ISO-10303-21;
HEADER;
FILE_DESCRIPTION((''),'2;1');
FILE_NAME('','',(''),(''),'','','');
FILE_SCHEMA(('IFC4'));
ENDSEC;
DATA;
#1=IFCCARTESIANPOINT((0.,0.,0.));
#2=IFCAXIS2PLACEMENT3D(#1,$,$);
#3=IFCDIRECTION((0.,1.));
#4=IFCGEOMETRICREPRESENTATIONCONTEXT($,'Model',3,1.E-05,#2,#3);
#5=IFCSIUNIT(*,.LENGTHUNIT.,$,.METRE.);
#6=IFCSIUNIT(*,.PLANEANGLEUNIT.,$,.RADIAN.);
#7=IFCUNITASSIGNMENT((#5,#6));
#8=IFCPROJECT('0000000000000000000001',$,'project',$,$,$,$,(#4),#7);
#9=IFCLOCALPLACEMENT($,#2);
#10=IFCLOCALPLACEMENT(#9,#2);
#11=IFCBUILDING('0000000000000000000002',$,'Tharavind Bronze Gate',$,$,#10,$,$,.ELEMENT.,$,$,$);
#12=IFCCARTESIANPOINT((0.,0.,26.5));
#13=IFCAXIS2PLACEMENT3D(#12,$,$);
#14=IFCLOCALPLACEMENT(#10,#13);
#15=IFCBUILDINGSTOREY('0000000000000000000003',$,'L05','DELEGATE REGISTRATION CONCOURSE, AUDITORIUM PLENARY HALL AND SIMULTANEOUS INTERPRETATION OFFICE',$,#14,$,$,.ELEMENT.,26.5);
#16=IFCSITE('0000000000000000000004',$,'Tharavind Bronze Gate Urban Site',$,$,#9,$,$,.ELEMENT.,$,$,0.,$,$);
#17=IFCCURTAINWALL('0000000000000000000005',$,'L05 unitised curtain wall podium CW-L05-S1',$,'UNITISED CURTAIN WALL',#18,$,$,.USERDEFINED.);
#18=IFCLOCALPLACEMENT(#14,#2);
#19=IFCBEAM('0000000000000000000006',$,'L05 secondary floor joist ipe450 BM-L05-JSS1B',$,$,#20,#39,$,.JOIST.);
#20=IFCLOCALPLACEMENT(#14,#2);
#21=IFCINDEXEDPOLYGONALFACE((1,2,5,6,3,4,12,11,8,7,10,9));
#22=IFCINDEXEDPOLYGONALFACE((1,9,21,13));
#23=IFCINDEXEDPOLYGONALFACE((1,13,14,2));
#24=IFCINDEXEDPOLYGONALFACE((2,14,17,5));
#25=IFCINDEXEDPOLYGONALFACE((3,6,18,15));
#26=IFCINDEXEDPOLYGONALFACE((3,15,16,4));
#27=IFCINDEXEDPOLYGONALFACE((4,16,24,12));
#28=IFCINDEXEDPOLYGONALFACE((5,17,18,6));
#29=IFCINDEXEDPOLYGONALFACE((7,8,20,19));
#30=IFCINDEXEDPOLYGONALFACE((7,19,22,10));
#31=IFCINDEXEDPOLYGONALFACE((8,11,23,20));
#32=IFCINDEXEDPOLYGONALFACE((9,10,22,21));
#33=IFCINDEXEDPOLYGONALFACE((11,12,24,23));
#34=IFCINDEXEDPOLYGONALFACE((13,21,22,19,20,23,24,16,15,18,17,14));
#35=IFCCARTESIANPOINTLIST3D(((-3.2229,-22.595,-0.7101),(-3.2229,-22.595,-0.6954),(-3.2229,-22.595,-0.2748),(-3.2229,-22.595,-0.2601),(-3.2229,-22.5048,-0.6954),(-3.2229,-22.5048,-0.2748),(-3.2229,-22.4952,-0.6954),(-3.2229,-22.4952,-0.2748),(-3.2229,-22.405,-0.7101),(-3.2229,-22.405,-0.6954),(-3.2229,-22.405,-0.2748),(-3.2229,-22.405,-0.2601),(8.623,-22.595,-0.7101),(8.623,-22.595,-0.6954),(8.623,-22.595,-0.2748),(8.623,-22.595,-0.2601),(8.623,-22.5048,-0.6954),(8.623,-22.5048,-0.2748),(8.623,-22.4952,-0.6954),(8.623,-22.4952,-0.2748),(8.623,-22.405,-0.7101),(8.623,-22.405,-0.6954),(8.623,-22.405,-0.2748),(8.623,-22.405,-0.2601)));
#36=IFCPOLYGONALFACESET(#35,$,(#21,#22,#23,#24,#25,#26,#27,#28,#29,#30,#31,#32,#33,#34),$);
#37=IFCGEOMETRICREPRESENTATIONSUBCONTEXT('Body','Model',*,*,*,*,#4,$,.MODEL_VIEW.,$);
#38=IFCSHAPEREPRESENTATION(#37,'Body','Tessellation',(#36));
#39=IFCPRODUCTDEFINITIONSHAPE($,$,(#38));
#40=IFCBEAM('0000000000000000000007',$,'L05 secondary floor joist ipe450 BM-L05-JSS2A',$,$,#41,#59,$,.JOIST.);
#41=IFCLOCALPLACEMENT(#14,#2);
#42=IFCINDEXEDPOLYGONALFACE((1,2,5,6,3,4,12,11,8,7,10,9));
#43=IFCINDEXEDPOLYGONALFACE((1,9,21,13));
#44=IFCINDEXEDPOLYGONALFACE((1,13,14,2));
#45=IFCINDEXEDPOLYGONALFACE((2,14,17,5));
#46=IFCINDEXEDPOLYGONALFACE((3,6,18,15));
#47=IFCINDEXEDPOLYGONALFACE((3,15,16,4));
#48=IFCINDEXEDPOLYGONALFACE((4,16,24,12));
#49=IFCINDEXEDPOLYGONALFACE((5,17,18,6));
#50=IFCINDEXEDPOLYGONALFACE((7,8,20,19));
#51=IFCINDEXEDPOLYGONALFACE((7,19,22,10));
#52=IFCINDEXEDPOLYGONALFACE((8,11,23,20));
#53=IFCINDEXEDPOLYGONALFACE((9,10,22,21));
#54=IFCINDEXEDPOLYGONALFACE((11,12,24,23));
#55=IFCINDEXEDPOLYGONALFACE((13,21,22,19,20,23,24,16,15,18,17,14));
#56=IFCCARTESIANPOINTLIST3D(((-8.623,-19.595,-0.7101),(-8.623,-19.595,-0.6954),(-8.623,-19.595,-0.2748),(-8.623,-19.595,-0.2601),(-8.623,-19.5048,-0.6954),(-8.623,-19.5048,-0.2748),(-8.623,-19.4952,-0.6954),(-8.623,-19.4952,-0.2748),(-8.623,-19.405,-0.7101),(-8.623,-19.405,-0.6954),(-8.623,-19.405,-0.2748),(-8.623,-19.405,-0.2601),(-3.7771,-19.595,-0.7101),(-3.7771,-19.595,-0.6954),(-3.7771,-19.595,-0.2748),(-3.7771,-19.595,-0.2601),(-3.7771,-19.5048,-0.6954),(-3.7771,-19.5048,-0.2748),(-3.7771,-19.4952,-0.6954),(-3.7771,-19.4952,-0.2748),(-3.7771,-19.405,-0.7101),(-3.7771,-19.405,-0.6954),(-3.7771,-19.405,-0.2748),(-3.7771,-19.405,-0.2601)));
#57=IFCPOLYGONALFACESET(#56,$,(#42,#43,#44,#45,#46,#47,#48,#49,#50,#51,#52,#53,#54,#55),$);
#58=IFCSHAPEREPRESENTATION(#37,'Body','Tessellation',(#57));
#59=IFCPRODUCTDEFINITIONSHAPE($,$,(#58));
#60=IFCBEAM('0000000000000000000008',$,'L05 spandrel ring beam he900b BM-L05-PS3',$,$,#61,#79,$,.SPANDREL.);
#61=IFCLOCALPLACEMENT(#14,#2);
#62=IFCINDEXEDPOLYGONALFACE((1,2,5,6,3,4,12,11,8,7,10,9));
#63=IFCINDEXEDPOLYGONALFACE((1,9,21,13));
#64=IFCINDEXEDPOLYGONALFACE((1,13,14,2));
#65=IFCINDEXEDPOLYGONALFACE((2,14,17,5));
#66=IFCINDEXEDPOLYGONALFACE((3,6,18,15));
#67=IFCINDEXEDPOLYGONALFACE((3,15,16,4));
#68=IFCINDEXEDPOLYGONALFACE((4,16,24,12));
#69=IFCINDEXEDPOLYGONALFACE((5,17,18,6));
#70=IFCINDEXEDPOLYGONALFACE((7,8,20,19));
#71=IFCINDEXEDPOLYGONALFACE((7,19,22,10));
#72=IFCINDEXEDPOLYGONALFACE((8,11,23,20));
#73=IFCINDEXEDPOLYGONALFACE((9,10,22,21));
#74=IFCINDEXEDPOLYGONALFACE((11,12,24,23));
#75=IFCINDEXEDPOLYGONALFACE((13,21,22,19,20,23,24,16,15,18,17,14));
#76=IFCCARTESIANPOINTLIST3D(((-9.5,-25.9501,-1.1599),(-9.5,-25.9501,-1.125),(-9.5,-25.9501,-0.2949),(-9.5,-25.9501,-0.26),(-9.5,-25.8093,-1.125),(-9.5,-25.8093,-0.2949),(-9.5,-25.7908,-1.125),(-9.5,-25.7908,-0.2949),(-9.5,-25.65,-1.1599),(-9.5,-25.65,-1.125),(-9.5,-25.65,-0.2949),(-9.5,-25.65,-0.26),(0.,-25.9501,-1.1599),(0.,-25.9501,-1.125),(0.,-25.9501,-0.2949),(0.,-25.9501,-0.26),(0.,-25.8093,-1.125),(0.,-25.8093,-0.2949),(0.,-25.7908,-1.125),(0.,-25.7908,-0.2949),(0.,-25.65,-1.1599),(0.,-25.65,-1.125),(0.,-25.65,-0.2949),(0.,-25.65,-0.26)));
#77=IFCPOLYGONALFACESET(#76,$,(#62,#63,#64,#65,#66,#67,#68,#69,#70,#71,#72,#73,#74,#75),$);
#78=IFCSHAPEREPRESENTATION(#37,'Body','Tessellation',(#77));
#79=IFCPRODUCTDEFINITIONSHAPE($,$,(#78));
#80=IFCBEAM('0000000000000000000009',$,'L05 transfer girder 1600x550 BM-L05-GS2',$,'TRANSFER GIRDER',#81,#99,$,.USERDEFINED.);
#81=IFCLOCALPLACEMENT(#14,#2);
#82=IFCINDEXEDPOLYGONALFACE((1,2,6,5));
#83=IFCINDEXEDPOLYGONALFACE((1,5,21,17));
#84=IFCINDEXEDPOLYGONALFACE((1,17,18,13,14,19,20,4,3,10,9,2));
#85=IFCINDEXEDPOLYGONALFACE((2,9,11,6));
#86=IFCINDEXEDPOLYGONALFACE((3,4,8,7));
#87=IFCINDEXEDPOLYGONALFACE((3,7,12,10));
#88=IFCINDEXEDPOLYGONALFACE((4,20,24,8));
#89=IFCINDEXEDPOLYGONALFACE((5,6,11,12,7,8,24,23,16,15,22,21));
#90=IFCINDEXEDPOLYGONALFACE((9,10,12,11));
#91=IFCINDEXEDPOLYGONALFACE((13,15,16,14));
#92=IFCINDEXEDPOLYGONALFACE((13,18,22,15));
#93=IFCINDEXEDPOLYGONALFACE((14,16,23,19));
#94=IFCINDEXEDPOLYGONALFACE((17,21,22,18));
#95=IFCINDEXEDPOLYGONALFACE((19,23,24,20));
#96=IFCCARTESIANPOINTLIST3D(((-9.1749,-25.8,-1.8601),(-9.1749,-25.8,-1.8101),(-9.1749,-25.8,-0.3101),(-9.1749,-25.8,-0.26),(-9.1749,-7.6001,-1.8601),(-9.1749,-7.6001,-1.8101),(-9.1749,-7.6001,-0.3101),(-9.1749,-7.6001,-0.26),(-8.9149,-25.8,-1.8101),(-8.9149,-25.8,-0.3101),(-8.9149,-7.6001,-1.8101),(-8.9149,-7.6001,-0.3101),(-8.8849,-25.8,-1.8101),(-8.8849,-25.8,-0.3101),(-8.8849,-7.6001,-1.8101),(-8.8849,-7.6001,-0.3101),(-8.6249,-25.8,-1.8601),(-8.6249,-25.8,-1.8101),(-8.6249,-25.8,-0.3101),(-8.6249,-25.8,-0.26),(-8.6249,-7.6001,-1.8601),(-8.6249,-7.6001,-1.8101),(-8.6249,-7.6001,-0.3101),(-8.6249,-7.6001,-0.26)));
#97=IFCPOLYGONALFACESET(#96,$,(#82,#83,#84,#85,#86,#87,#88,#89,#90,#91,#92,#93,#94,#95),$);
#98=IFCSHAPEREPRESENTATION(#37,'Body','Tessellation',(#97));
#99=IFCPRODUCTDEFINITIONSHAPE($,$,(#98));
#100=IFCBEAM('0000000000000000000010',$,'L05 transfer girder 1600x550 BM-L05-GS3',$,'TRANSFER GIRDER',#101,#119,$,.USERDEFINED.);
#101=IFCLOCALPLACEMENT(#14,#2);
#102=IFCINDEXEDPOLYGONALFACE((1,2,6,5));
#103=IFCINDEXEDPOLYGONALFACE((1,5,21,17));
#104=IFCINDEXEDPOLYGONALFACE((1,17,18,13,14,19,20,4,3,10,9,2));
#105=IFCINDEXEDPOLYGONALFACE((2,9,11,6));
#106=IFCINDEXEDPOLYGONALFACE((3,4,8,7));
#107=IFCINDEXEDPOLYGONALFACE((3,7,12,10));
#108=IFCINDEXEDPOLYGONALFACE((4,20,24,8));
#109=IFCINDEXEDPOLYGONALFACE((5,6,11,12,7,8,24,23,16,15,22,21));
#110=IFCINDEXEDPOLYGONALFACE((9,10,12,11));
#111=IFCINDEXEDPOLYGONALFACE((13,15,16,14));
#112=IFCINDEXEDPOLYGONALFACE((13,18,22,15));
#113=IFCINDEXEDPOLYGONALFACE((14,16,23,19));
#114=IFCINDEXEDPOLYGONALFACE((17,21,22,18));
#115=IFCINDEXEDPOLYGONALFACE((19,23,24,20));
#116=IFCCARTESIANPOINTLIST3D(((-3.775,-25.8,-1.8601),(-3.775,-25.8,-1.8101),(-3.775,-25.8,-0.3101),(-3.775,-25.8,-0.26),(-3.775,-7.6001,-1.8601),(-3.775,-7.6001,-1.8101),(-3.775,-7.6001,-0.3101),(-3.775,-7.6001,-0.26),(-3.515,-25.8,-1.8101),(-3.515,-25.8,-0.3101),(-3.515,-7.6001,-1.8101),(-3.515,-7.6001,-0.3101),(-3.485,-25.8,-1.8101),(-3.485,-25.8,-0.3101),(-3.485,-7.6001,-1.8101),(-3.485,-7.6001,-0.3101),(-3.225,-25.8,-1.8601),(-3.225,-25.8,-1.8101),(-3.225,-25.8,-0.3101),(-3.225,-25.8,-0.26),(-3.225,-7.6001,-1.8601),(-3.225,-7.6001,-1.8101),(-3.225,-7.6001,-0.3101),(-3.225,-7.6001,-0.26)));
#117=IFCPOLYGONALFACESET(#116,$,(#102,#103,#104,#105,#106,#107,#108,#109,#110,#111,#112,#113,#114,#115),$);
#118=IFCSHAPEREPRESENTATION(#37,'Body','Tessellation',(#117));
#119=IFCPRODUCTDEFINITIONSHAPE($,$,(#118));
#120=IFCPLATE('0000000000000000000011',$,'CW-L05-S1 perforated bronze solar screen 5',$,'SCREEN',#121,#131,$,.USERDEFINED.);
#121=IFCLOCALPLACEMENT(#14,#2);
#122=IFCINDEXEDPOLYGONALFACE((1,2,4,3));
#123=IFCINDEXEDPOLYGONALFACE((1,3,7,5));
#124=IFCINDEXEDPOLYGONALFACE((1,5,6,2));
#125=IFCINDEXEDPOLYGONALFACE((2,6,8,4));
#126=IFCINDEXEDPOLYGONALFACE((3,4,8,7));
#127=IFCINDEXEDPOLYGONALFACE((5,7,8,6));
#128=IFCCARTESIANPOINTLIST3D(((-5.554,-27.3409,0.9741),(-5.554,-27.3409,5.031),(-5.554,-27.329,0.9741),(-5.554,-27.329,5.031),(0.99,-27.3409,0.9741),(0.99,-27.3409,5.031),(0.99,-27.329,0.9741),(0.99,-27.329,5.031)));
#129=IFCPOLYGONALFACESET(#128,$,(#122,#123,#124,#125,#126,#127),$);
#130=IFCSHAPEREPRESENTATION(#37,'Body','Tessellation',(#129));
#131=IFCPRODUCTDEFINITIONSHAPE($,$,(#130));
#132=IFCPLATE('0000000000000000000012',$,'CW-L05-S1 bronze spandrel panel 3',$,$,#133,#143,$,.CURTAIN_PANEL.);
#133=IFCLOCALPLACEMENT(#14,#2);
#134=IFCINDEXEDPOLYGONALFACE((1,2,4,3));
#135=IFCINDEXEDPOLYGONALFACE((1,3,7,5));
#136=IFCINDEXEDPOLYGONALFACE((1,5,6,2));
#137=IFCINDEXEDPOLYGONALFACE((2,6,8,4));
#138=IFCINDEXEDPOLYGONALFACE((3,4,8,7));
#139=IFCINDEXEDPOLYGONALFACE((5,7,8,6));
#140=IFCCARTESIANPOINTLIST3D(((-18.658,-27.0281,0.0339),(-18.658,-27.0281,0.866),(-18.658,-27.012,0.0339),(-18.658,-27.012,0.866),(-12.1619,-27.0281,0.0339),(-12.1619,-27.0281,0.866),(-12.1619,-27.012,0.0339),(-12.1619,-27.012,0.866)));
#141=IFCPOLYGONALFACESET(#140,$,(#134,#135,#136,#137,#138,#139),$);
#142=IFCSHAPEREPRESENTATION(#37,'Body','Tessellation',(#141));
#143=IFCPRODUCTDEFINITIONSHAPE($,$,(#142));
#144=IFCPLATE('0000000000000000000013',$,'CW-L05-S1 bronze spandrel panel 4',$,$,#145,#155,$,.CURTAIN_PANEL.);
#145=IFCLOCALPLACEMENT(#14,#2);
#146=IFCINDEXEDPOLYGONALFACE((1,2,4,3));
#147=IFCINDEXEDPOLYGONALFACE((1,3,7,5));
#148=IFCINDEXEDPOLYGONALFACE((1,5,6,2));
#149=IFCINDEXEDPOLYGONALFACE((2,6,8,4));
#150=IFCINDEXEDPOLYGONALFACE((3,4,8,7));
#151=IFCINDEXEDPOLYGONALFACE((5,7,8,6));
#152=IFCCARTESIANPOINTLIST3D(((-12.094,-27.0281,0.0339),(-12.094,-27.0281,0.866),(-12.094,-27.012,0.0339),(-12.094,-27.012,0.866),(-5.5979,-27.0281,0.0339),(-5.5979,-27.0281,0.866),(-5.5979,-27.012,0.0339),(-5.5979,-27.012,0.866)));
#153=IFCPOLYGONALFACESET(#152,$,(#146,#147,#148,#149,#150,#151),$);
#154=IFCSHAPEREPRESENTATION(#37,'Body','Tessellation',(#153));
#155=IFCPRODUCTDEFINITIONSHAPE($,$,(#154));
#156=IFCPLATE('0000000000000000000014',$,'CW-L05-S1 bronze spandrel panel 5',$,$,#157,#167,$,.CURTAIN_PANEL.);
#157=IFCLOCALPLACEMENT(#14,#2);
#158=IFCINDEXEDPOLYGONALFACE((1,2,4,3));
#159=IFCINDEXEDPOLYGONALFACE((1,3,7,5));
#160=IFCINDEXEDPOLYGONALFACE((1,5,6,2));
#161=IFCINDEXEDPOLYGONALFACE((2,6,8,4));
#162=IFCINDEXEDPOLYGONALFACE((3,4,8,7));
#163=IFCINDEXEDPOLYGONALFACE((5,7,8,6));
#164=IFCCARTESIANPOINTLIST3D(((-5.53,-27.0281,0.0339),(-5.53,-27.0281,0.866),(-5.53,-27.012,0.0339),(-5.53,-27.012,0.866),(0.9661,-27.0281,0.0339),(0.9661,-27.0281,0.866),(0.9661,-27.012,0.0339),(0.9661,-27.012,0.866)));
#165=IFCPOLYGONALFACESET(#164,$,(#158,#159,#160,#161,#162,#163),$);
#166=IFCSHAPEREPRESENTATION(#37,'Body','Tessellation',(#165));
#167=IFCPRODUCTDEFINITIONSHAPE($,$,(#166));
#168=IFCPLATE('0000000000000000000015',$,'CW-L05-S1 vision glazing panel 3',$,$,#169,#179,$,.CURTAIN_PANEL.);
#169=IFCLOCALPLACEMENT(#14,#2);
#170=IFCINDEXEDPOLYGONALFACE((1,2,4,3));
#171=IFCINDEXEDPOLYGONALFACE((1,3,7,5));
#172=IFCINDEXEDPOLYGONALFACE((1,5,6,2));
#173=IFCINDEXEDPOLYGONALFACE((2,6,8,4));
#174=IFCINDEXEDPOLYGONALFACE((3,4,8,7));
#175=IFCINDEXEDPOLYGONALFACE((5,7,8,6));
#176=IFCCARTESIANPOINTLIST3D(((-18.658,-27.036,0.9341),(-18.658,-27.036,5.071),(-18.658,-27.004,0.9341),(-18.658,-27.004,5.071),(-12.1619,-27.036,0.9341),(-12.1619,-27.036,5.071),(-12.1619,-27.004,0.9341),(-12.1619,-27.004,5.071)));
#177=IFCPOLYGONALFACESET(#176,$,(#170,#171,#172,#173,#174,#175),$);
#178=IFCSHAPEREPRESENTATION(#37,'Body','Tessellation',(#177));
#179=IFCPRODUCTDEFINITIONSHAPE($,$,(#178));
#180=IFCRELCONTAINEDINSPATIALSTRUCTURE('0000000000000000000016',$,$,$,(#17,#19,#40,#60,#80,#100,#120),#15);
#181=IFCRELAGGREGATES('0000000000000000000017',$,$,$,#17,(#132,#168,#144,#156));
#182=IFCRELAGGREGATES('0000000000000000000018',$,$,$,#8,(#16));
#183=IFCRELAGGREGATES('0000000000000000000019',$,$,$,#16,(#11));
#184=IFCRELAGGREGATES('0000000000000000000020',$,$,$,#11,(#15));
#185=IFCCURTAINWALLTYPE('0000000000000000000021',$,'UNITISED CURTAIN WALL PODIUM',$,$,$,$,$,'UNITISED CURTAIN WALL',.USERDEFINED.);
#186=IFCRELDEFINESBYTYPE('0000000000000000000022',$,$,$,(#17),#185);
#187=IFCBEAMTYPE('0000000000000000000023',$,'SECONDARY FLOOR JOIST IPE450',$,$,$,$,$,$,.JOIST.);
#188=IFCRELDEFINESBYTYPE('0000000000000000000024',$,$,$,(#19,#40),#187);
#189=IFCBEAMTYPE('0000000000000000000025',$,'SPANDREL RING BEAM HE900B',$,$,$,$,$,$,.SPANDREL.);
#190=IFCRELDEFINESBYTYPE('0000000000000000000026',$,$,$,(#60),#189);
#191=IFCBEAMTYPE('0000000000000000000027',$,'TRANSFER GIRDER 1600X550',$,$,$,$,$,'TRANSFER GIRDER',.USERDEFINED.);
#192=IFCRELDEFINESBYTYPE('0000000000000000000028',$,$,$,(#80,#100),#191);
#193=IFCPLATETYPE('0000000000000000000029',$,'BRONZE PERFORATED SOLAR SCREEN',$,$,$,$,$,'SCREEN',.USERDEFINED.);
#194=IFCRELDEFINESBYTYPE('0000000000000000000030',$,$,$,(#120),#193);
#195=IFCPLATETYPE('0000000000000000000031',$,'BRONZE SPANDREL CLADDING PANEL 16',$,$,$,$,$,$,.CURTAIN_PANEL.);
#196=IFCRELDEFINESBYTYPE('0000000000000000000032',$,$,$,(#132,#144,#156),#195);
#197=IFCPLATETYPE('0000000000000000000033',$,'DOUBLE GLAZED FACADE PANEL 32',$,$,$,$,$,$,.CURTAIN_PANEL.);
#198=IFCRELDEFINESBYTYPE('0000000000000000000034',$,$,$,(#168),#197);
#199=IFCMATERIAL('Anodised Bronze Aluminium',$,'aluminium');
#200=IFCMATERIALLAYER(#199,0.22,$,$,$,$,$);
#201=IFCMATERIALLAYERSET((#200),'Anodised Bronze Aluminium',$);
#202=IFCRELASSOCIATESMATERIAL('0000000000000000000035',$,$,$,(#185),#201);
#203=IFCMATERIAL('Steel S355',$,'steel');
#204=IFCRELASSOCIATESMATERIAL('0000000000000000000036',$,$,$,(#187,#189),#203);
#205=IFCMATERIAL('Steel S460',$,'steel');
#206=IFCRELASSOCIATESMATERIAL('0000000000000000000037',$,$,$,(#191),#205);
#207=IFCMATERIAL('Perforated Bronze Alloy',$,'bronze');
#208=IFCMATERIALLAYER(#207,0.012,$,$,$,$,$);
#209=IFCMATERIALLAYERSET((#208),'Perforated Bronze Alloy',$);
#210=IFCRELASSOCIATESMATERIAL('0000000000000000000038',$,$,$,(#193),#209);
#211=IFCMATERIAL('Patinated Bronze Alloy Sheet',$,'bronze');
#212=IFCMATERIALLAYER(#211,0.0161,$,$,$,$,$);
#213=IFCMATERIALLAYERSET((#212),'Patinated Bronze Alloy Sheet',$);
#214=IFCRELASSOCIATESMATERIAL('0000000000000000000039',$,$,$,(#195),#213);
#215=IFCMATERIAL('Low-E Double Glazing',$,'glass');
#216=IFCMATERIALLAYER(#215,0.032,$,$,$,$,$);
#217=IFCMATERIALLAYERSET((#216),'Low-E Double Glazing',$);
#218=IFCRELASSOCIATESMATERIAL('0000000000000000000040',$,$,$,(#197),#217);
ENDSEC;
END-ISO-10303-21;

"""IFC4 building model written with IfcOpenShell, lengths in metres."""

from ifc_helpers import new_model, si_unit, direction, frame, origin, origin_2d, place, context, subcontext, project, spatial, rectangle, i_section, extrude, material, layer, layer_set, material_profile, profile_set, type_object, element, aggregate, save


model = new_model("IFC4")

# Units and contexts
model_context = context("Model", 3, precision=1e-05, world=origin(), true_north=direction((0.0, 1.0)))
body_context = subcontext(model_context, "Body", "Model", "MODEL_VIEW")
ifc_project = project(units=[si_unit("LENGTHUNIT", "METRE"), si_unit("PLANEANGLEUNIT", "RADIAN")], contexts=[model_context])

# Site, building, storey
site_placement = place(None, origin())
site = spatial("IfcSite", under=ifc_project, at=site_placement, Name="Tharavind Bronze Gate Urban Site", CompositionType="ELEMENT", RefElevation=0.0)
building_placement = place(site_placement, origin())
building = spatial("IfcBuilding", under=site, at=building_placement, Name="Tharavind Bronze Gate", CompositionType="ELEMENT")
storey_placement = place(building_placement, frame((0.0, 0.0, 26.5)))
storey = spatial("IfcBuildingStorey", under=building, at=storey_placement, Name="L05", Description="DELEGATE REGISTRATION CONCOURSE, AUDITORIUM PLENARY HALL AND SIMULTANEOUS INTERPRETATION OFFICE", CompositionType="ELEMENT", Elevation=26.5)

# Shared definitions
ifc_material_1 = material(Name="Steel S460", Category="steel")

# Curtain wall
ifc_material_2 = material(Name="Anodised Bronze Aluminium", Category="aluminium")
ifc_layer_1 = layer(ifc_material_2, 0.22)
ifc_layer_set_1 = layer_set([ifc_layer_1], Name="Anodised Bronze Aluminium")
curtain_wall_type = type_object("IfcCurtainWallType", Name="UNITISED CURTAIN WALL PODIUM", ElementType="UNITISED CURTAIN WALL", PredefinedType="USERDEFINED", material=ifc_layer_set_1)
curtain_wall_placement = place(storey_placement, origin())
curtain_wall = element("IfcCurtainWall", 1, at=curtain_wall_placement, inside=storey, type_object=curtain_wall_type, Name="L05 unitised curtain wall podium CW-L05-S1", ObjectType="UNITISED CURTAIN WALL", PredefinedType="USERDEFINED")

# Beams
ifc_material_3 = material(Name="Steel S355", Category="steel")
ifc_material_profile_1 = material_profile(ifc_material_3, i_section(OverallWidth=0.1899, OverallDepth=0.45, WebThickness=0.0095, FlangeThickness=0.0146, at=origin_2d()), Name="IPE450")
ifc_profile_set_1 = profile_set([ifc_material_profile_1], Name="Steel S355")
beam_type_1 = type_object("IfcBeamType", Name="SECONDARY FLOOR JOIST IPE450", PredefinedType="JOIST", material=ifc_profile_set_1)
beam_1_placement = place(storey_placement, frame((-3.2229, -22.5, -0.4851), z_axis=(1.0, 0.0, 0.0), x_axis=(0.0, 1.0, 0.0)))
element("IfcBeam", 2, at=beam_1_placement, inside=storey, type_object=beam_type_1, Name="L05 secondary floor joist ipe450 BM-L05-JSS1B", PredefinedType="JOIST", context=body_context, shape_type="SweptSolid", body=[
    extrude(i_section(OverallWidth=0.1899, OverallDepth=0.45, WebThickness=0.0095, FlangeThickness=0.0146, at=origin_2d()), origin(), (0.0, 0.0, 1.0), 11.8459),
])
beam_2_placement = place(storey_placement, frame((-8.623, -19.5, -0.4851), z_axis=(1.0, 0.0, 0.0), x_axis=(0.0, 1.0, 0.0)))
element("IfcBeam", 3, at=beam_2_placement, inside=storey, type_object=beam_type_1, Name="L05 secondary floor joist ipe450 BM-L05-JSS2A", PredefinedType="JOIST", context=body_context, shape_type="SweptSolid", body=[
    extrude(i_section(OverallWidth=0.1899, OverallDepth=0.45, WebThickness=0.0095, FlangeThickness=0.0146, at=origin_2d()), origin(), (0.0, 0.0, 1.0), 4.8459),
])
ifc_material_profile_2 = material_profile(ifc_material_3, i_section(OverallWidth=0.3, OverallDepth=0.8999, WebThickness=0.0186, FlangeThickness=0.0349, at=origin_2d()), Name="HE900B")
ifc_profile_set_2 = profile_set([ifc_material_profile_2], Name="Steel S355")
beam_type_2 = type_object("IfcBeamType", Name="SPANDREL RING BEAM HE900B", PredefinedType="SPANDREL", material=ifc_profile_set_2)
beam_3_placement = place(storey_placement, frame((-9.5, -25.8, -0.71), z_axis=(1.0, 0.0, 0.0), x_axis=(0.0, 1.0, 0.0)))
element("IfcBeam", 4, at=beam_3_placement, inside=storey, type_object=beam_type_2, Name="L05 spandrel ring beam he900b BM-L05-PS3", PredefinedType="SPANDREL", context=body_context, shape_type="SweptSolid", body=[
    extrude(i_section(OverallWidth=0.3, OverallDepth=0.8999, WebThickness=0.0186, FlangeThickness=0.0349, at=origin_2d()), origin(), (0.0, 0.0, 1.0), 9.5),
])
ifc_material_profile_3 = material_profile(ifc_material_1, i_section(OverallWidth=0.55, OverallDepth=1.6001, WebThickness=0.03, FlangeThickness=0.05, at=origin_2d()), Name="PG1600X550")
ifc_profile_set_3 = profile_set([ifc_material_profile_3], Name="Steel S460")
beam_type_3 = type_object("IfcBeamType", Name="TRANSFER GIRDER 1600X550", ElementType="TRANSFER GIRDER", PredefinedType="USERDEFINED", material=ifc_profile_set_3)
for number, where, z_axis, x_axis, name in (
    (5, (-8.8999, -25.8, -1.0601), (0.0, 1.0, 0.0), (-1.0, 0.0, 0.0), "L05 transfer girder 1600x550 BM-L05-GS2"),
    (6, (-3.5, -25.8, -1.0601), (0.0, 1.0, 0.0), (-1.0, 0.0, 0.0), "L05 transfer girder 1600x550 BM-L05-GS3"),
):
    element("IfcBeam", number, at=place(storey_placement, frame(where, z_axis=z_axis, x_axis=x_axis)), inside=storey, type_object=beam_type_3, Name=name, ObjectType="TRANSFER GIRDER", PredefinedType="USERDEFINED", context=body_context, shape_type="SweptSolid", body=[
        extrude(i_section(OverallWidth=0.55, OverallDepth=1.6001, WebThickness=0.03, FlangeThickness=0.05, at=origin_2d()), origin(), (0.0, 0.0, 1.0), 18.2),
    ])

# Plates
ifc_material_4 = material(Name="Perforated Bronze Alloy", Category="bronze")
ifc_layer_2 = layer(ifc_material_4, 0.012)
ifc_layer_set_2 = layer_set([ifc_layer_2], Name="Perforated Bronze Alloy")
plate_type_1 = type_object("IfcPlateType", Name="BRONZE PERFORATED SOLAR SCREEN", ElementType="SCREEN", PredefinedType="USERDEFINED", material=ifc_layer_set_2)
plate_1_placement = place(storey_placement, frame((-2.282, -27.335, 0.9741), z_axis=(0.0, 0.0, 1.0), x_axis=(1.0, 0.0, 0.0)))
element("IfcPlate", 7, at=plate_1_placement, inside=storey, type_object=plate_type_1, Name="CW-L05-S1 perforated bronze solar screen 5", ObjectType="SCREEN", PredefinedType="USERDEFINED", context=body_context, shape_type="SweptSolid", body=[
    extrude(rectangle(XDim=6.5439, YDim=0.012, at=origin_2d()), origin(), (0.0, 0.0, 1.0), 4.0569),
])
ifc_material_5 = material(Name="Patinated Bronze Alloy Sheet", Category="bronze")
ifc_layer_3 = layer(ifc_material_5, 0.0161)
ifc_layer_set_3 = layer_set([ifc_layer_3], Name="Patinated Bronze Alloy Sheet")
plate_type_2 = type_object("IfcPlateType", Name="BRONZE SPANDREL CLADDING PANEL 16", PredefinedType="CURTAIN_PANEL", material=ifc_layer_set_3)
plate_2_placement = place(storey_placement, frame((-15.4099, -27.02, 0.0339), z_axis=(0.0, 0.0, 1.0), x_axis=(1.0, 0.0, 0.0)))
plate_2 = element("IfcPlate", 8, at=plate_2_placement, type_object=plate_type_2, Name="CW-L05-S1 bronze spandrel panel 3", PredefinedType="CURTAIN_PANEL", context=body_context, shape_type="SweptSolid", body=[
    extrude(rectangle(XDim=6.4961, YDim=0.0161, at=origin_2d()), origin(), (0.0, 0.0, 1.0), 0.832),
])
plate_3_placement = place(storey_placement, frame((-8.8459, -27.02, 0.0339), z_axis=(0.0, 0.0, 1.0), x_axis=(1.0, 0.0, 0.0)))
plate_3 = element("IfcPlate", 9, at=plate_3_placement, type_object=plate_type_2, Name="CW-L05-S1 bronze spandrel panel 4", PredefinedType="CURTAIN_PANEL", context=body_context, shape_type="SweptSolid", body=[
    extrude(rectangle(XDim=6.4961, YDim=0.0161, at=origin_2d()), origin(), (0.0, 0.0, 1.0), 0.832),
])
plate_4_placement = place(storey_placement, frame((-2.282, -27.02, 0.0339), z_axis=(0.0, 0.0, 1.0), x_axis=(1.0, 0.0, 0.0)))
plate_4 = element("IfcPlate", 10, at=plate_4_placement, type_object=plate_type_2, Name="CW-L05-S1 bronze spandrel panel 5", PredefinedType="CURTAIN_PANEL", context=body_context, shape_type="SweptSolid", body=[
    extrude(rectangle(XDim=6.4961, YDim=0.0161, at=origin_2d()), origin(), (0.0, 0.0, 1.0), 0.832),
])
ifc_material_6 = material(Name="Low-E Double Glazing", Category="glass")
ifc_layer_4 = layer(ifc_material_6, 0.032)
ifc_layer_set_4 = layer_set([ifc_layer_4], Name="Low-E Double Glazing")
plate_type_3 = type_object("IfcPlateType", Name="DOUBLE GLAZED FACADE PANEL 32", PredefinedType="CURTAIN_PANEL", material=ifc_layer_set_4)
plate_5_placement = place(storey_placement, frame((-15.4099, -27.02, 0.9341), z_axis=(0.0, 0.0, 1.0), x_axis=(1.0, 0.0, 0.0)))
plate_5 = element("IfcPlate", 11, at=plate_5_placement, type_object=plate_type_3, Name="CW-L05-S1 vision glazing panel 3", PredefinedType="CURTAIN_PANEL", context=body_context, shape_type="SweptSolid", body=[
    extrude(rectangle(XDim=6.4961, YDim=0.032, at=origin_2d()), origin(), (0.0, 0.0, 1.0), 4.137),
])
aggregate(curtain_wall, [plate_2, plate_5, plate_3, plate_4])

save(model, "model.ifc")
